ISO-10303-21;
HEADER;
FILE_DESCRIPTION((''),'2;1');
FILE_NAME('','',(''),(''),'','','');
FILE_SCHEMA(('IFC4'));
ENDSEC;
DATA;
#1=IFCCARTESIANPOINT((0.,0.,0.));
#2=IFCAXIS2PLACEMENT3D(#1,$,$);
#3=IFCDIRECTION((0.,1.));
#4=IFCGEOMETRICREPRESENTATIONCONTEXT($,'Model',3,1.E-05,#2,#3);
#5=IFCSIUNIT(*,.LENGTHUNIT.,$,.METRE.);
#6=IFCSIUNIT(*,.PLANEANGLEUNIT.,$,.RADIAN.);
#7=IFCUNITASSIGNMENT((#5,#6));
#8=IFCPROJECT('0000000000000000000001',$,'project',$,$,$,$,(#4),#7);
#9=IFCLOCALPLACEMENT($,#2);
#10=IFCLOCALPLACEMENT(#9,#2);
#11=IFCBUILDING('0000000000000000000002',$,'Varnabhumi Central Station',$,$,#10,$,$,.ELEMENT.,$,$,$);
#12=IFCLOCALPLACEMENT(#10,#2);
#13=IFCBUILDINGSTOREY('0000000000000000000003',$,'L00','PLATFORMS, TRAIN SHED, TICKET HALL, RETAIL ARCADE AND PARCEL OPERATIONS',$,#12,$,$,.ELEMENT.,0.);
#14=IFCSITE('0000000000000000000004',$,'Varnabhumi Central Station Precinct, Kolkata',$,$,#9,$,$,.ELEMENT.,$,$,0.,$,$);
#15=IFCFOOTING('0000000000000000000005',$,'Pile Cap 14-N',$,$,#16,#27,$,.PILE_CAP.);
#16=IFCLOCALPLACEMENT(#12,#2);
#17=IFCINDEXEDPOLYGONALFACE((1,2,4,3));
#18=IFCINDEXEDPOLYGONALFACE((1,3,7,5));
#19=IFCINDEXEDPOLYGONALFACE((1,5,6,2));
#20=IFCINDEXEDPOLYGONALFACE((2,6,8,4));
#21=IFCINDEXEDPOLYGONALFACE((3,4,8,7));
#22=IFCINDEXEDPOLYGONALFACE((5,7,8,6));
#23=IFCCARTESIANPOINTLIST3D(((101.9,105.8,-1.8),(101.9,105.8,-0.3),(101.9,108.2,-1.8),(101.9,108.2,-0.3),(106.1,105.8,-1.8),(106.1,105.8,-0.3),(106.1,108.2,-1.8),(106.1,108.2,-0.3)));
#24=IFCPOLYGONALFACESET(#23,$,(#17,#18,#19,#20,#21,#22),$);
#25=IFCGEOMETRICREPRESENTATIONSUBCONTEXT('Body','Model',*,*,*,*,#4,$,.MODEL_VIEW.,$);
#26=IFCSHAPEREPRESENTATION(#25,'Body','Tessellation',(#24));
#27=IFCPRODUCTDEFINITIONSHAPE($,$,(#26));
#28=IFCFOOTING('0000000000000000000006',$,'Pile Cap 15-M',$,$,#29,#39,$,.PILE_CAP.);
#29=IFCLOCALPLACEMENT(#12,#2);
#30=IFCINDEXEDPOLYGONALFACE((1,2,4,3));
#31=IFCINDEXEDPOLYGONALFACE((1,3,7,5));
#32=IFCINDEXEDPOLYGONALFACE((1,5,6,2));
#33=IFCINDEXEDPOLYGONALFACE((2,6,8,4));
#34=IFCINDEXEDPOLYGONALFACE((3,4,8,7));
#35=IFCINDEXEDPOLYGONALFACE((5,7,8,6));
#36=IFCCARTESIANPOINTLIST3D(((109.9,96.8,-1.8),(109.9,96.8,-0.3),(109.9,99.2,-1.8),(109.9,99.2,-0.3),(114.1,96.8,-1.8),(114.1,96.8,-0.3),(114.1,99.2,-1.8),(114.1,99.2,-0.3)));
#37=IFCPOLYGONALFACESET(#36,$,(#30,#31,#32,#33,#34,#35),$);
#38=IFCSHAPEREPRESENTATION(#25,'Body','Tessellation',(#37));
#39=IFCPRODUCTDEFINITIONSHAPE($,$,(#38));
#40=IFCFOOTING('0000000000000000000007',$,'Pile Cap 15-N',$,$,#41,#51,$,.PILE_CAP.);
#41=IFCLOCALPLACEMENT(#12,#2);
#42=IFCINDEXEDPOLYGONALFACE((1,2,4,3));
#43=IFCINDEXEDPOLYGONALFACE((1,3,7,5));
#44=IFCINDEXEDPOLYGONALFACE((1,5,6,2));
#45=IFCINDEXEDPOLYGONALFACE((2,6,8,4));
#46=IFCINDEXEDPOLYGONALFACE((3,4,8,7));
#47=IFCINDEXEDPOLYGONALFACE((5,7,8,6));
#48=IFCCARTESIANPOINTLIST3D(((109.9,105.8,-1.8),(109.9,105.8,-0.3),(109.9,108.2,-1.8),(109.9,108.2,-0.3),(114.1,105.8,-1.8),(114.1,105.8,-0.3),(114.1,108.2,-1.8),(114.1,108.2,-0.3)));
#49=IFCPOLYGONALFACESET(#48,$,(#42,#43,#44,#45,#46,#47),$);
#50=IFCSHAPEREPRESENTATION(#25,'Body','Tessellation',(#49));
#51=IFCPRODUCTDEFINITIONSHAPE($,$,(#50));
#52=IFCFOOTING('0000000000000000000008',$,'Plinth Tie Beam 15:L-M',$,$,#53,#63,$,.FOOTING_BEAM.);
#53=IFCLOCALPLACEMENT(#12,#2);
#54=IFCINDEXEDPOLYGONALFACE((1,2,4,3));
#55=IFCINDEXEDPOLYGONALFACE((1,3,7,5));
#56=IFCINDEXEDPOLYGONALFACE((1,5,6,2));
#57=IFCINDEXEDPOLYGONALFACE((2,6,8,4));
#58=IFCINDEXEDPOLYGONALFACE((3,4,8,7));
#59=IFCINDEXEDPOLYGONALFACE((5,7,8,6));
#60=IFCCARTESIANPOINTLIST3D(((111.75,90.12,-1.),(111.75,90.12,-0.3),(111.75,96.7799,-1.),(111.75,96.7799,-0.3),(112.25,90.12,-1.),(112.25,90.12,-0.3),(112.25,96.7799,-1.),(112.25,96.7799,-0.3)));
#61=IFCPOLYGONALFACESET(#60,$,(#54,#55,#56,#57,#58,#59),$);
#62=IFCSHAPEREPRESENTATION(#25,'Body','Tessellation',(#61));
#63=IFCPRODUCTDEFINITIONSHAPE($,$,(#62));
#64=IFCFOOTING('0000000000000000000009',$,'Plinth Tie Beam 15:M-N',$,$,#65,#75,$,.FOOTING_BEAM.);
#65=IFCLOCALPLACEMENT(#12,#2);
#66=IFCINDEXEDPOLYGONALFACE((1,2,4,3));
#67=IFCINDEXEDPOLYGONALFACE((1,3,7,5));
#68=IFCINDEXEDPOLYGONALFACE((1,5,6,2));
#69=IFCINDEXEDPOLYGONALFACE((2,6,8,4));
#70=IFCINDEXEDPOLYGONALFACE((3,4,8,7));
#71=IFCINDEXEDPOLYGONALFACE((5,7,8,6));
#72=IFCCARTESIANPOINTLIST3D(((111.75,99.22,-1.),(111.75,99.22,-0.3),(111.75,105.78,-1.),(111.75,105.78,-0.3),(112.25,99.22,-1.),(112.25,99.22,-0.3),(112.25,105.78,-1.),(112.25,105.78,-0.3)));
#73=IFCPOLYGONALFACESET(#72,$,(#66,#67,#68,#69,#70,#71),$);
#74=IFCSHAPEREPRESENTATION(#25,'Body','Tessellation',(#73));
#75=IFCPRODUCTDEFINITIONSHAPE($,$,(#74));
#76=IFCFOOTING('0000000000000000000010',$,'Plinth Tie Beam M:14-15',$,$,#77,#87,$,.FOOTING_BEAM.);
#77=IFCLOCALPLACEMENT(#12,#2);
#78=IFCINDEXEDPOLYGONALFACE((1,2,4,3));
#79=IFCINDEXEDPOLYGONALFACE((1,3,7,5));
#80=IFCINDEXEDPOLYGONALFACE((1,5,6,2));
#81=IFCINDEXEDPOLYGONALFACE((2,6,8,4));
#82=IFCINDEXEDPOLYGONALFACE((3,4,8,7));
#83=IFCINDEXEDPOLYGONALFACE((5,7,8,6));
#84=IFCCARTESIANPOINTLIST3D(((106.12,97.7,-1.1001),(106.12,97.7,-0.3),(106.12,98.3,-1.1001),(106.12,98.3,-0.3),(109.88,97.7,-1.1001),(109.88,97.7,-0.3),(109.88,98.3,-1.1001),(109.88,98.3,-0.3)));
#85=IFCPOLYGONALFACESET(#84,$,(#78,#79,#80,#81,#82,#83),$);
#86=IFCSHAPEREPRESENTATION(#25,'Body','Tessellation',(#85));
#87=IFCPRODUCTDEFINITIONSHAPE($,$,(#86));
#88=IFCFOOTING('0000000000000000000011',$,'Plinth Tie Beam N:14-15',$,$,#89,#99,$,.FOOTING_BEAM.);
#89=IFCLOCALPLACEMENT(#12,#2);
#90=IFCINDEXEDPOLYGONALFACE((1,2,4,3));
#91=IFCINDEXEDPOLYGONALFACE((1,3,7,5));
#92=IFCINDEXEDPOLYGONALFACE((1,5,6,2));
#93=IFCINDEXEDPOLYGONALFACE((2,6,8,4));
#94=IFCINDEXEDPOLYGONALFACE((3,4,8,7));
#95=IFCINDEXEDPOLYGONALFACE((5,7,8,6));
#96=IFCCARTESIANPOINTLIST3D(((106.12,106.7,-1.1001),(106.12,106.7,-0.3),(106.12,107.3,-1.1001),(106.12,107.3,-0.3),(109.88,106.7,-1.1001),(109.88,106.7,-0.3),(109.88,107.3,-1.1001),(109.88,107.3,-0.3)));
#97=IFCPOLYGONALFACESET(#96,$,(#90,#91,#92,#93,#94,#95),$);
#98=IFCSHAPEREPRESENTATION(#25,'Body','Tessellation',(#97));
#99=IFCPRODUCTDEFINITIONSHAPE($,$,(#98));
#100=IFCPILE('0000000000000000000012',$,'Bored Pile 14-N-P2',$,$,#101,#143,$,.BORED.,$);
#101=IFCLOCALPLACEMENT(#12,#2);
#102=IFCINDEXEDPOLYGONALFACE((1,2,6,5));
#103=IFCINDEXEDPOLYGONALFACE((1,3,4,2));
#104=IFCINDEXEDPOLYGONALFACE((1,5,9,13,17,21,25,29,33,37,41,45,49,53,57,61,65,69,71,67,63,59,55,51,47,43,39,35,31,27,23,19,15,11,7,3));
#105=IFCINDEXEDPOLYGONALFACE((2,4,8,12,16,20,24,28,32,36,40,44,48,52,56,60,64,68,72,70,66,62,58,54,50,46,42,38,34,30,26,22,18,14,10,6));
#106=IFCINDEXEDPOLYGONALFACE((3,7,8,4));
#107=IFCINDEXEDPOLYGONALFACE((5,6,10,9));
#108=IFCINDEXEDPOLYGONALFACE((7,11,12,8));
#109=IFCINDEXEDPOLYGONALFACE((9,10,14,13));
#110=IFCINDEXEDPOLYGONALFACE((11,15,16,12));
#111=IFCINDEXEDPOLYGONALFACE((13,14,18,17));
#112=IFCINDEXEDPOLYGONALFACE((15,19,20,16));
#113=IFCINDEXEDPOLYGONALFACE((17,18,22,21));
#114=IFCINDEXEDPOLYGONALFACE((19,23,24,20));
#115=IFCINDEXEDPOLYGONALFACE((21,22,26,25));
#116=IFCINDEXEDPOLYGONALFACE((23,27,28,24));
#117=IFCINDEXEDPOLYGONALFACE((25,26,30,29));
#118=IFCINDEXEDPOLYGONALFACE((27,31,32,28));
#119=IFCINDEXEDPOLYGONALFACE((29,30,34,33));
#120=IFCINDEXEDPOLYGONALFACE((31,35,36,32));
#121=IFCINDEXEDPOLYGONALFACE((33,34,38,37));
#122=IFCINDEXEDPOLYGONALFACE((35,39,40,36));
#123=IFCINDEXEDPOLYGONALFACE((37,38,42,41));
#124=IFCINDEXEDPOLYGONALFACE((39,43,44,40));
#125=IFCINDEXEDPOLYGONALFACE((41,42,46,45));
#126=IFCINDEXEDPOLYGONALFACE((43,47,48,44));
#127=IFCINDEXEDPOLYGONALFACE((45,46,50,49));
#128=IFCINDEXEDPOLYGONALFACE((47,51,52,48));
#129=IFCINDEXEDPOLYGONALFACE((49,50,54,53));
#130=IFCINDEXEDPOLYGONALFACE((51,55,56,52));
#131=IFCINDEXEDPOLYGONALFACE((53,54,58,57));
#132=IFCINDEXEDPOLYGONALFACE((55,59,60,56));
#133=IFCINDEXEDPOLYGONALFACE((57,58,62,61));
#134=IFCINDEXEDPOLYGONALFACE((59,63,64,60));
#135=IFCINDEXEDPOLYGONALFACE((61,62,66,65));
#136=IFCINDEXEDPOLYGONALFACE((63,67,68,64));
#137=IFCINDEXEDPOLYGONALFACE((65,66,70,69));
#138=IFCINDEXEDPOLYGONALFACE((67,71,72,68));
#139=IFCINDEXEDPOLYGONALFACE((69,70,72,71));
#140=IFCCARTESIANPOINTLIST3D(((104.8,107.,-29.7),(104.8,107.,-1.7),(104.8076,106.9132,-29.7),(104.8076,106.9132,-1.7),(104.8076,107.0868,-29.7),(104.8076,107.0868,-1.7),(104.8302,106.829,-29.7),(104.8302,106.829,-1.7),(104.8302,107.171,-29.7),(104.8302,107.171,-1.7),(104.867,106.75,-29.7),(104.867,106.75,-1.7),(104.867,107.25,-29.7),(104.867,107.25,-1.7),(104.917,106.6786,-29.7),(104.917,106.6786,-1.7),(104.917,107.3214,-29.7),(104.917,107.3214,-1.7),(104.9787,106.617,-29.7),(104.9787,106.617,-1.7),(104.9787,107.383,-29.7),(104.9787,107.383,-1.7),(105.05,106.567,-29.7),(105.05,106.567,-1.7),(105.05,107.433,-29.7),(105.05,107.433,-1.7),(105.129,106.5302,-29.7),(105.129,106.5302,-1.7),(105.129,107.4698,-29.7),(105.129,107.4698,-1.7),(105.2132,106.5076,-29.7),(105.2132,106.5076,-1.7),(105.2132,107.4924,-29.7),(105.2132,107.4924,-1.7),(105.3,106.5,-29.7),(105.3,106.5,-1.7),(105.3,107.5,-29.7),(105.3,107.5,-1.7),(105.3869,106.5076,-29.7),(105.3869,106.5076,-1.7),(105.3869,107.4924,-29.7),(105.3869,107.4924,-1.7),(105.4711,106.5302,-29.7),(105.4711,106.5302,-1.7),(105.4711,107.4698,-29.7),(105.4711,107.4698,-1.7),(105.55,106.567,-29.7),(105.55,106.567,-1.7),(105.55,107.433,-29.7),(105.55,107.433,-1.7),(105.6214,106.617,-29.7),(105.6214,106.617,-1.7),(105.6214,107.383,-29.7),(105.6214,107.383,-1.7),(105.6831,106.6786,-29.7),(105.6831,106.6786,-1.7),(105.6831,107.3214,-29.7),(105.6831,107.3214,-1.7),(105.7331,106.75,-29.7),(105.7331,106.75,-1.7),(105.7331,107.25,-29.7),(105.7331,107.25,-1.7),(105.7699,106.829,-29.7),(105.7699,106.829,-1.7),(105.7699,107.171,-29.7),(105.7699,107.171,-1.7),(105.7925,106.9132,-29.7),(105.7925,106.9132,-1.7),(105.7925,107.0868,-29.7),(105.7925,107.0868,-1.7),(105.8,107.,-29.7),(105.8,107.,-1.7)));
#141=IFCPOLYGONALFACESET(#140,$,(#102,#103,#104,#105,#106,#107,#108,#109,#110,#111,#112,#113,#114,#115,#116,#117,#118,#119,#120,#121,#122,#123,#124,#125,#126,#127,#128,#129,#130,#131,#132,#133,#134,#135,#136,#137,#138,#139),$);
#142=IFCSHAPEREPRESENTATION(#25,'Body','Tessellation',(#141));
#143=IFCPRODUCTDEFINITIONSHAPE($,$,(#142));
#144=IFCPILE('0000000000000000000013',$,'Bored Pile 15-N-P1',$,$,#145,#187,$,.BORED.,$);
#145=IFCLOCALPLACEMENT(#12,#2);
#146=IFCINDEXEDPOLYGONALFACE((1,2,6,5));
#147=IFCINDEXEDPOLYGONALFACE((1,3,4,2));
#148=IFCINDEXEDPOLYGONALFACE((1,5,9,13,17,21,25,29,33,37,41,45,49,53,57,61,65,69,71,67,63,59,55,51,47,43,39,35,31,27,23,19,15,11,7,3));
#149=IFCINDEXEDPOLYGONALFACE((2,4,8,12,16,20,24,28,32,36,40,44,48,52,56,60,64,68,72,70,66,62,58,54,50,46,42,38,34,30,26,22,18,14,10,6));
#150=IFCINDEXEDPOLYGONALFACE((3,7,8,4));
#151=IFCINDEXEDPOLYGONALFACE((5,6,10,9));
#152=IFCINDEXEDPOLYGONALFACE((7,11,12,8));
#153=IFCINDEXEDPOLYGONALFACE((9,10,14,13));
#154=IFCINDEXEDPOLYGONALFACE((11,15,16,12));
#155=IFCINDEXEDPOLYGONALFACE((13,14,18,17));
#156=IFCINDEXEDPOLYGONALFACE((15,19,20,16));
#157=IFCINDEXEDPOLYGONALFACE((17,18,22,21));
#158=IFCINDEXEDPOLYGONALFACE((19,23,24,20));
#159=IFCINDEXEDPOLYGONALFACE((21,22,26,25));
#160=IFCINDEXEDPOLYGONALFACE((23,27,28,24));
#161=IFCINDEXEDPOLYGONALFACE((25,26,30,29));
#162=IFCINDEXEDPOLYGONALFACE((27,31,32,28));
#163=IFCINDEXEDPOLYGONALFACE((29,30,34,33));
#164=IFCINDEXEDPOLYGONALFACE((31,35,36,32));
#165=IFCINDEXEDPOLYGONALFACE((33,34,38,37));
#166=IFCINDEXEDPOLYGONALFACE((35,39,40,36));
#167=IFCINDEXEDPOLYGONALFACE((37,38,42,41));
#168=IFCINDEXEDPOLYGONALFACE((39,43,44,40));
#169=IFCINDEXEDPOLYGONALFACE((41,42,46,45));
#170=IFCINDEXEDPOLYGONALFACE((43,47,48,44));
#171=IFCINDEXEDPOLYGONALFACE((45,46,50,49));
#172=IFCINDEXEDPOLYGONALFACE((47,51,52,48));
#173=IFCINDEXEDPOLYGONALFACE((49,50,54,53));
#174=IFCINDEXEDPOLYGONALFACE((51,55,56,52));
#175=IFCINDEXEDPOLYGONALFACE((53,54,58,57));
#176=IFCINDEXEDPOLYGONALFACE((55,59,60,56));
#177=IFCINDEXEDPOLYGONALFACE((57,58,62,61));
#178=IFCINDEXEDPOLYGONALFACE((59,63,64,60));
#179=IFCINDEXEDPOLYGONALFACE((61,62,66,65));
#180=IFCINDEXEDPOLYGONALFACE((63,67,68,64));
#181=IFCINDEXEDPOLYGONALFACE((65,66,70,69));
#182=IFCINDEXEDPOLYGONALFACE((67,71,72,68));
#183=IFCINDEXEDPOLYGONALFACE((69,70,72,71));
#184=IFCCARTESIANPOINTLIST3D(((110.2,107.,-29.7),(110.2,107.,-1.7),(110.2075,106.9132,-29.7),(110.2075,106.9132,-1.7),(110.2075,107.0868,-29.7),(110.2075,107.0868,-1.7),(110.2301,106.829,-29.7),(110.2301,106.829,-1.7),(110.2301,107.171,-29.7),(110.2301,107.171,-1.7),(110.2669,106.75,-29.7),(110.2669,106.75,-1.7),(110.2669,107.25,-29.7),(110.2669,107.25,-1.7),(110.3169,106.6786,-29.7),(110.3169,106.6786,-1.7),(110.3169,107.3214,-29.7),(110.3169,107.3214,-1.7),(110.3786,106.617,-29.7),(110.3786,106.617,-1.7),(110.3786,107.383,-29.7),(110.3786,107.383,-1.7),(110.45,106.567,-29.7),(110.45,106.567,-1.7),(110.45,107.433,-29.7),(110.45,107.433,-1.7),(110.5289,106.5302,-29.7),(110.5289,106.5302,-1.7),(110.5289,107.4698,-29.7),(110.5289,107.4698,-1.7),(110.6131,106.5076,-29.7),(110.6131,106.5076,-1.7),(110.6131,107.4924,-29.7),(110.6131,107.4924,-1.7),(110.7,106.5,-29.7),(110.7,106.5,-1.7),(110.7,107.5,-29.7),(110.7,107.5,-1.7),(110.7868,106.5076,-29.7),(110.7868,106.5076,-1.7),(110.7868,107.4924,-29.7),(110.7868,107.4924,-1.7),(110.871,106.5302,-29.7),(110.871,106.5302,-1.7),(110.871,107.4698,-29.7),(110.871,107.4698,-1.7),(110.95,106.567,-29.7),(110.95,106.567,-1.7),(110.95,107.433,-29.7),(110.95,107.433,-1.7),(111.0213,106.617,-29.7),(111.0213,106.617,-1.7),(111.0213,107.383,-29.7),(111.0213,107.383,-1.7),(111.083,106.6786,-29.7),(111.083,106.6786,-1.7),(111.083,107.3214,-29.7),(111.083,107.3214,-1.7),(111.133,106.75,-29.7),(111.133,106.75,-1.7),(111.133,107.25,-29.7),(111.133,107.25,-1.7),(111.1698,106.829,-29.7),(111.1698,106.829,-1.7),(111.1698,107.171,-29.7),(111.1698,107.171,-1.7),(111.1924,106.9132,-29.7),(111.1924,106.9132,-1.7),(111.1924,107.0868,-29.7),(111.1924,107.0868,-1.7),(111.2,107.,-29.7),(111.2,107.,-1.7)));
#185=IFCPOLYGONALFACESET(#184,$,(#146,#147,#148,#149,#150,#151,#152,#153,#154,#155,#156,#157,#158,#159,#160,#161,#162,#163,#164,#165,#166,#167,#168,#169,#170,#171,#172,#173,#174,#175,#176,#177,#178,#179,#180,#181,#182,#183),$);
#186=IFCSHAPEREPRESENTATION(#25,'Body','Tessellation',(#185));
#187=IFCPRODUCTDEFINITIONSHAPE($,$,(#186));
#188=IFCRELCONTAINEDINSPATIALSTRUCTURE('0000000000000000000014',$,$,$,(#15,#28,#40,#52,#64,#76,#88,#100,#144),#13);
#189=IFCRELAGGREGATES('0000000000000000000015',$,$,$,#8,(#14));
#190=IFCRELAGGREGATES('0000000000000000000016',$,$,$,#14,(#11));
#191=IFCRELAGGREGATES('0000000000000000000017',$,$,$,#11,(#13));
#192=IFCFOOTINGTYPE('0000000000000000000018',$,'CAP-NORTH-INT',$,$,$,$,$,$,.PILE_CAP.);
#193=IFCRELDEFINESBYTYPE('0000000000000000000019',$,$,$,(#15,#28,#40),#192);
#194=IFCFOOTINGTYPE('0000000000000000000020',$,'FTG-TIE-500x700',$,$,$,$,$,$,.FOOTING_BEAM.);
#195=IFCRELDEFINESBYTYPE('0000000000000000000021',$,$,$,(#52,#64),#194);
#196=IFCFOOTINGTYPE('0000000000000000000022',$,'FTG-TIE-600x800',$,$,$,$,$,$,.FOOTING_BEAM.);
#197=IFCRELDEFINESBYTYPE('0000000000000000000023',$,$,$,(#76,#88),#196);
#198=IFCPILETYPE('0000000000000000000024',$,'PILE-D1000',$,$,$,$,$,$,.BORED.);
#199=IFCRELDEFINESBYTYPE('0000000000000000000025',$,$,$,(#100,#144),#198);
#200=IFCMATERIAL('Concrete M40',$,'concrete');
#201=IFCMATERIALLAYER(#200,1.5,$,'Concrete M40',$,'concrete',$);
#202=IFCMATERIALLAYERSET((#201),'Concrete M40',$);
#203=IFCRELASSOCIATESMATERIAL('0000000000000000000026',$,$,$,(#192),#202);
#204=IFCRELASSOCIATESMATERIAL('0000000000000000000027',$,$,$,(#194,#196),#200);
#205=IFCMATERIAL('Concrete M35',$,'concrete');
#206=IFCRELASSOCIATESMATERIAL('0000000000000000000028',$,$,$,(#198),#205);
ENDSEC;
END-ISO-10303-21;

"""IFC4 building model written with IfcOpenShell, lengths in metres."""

from ifc_helpers import new_model, si_unit, direction, frame, origin, origin_2d, place, context, subcontext, project, spatial, rectangle, circle, extrude, material, layer, layer_set, material_profile, profile_set, type_object, element, save


model = new_model("IFC4")

# Units and contexts
model_context = context("Model", 3, precision=1e-05, world=origin(), true_north=direction((0.0, 1.0)))
body_context = subcontext(model_context, "Body", "Model", "MODEL_VIEW")
ifc_project = project(units=[si_unit("LENGTHUNIT", "METRE"), si_unit("PLANEANGLEUNIT", "RADIAN")], contexts=[model_context])

# Site, building, storey
site_placement = place(None, origin())
site = spatial("IfcSite", under=ifc_project, at=site_placement, Name="Varnabhumi Central Station Precinct, Kolkata", CompositionType="ELEMENT", RefElevation=0.0)
building_placement = place(site_placement, origin())
building = spatial("IfcBuilding", under=site, at=building_placement, Name="Varnabhumi Central Station", CompositionType="ELEMENT")
storey_placement = place(building_placement, origin())
storey = spatial("IfcBuildingStorey", under=building, at=storey_placement, Name="L00", Description="PLATFORMS, TRAIN SHED, TICKET HALL, RETAIL ARCADE AND PARCEL OPERATIONS", CompositionType="ELEMENT", Elevation=0.0)

# Footings
ifc_material_1 = material(Name="Concrete M40", Category="concrete")
ifc_layer_1 = layer(ifc_material_1, 1.5, Name="Concrete M40", Category="concrete")
ifc_layer_set_1 = layer_set([ifc_layer_1], Name="Concrete M40")
footing_type_1 = type_object("IfcFootingType", Name="CAP-NORTH-INT", PredefinedType="PILE_CAP", material=ifc_layer_set_1)
for number, where, z_axis, x_axis, name in (
    (1, (104.0, 107.0, -1.8), (0.0, 0.0, 1.0), (1.0, 0.0, 0.0), "Pile Cap 14-N"),
    (2, (112.0, 98.0, -1.8), (0.0, 0.0, 1.0), (1.0, 0.0, 0.0), "Pile Cap 15-M"),
    (3, (112.0, 107.0, -1.8), (0.0, 0.0, 1.0), (1.0, 0.0, 0.0), "Pile Cap 15-N"),
):
    element("IfcFooting", number, at=place(storey_placement, frame(where, z_axis=z_axis, x_axis=x_axis)), inside=storey, type_object=footing_type_1, Name=name, PredefinedType="PILE_CAP", context=body_context, shape_type="SweptSolid", body=[
        extrude(rectangle(XDim=4.2, YDim=2.3999, at=origin_2d()), origin(), (0.0, 0.0, 1.0), 1.5),
    ])
footing_type_2 = type_object("IfcFootingType", Name="FTG-TIE-500x700", PredefinedType="FOOTING_BEAM", material=ifc_material_1)
footing_1_placement = place(storey_placement, frame((112.0, 93.45, -1.0), z_axis=(0.0, 0.0, 1.0), x_axis=(1.0, 0.0, 0.0)))
element("IfcFooting", 4, at=footing_1_placement, inside=storey, type_object=footing_type_2, Name="Plinth Tie Beam 15:L-M", PredefinedType="FOOTING_BEAM", context=body_context, shape_type="SweptSolid", body=[
    extrude(rectangle(XDim=0.5, YDim=6.6599, at=origin_2d()), origin(), (0.0, 0.0, 1.0), 0.7),
])
footing_2_placement = place(storey_placement, frame((112.0, 102.5, -1.0), z_axis=(0.0, 0.0, 1.0), x_axis=(1.0, 0.0, 0.0)))
element("IfcFooting", 5, at=footing_2_placement, inside=storey, type_object=footing_type_2, Name="Plinth Tie Beam 15:M-N", PredefinedType="FOOTING_BEAM", context=body_context, shape_type="SweptSolid", body=[
    extrude(rectangle(XDim=0.5, YDim=6.5601, at=origin_2d()), origin(), (0.0, 0.0, 1.0), 0.7),
])
footing_type_3 = type_object("IfcFootingType", Name="FTG-TIE-600x800", PredefinedType="FOOTING_BEAM", material=ifc_material_1)
for number, where, z_axis, x_axis, name in (
    (6, (108.0, 98.0, -1.1001), (0.0, 0.0, 1.0), (1.0, 0.0, 0.0), "Plinth Tie Beam M:14-15"),
    (7, (108.0, 107.0, -1.1001), (0.0, 0.0, 1.0), (1.0, 0.0, 0.0), "Plinth Tie Beam N:14-15"),
):
    element("IfcFooting", number, at=place(storey_placement, frame(where, z_axis=z_axis, x_axis=x_axis)), inside=storey, type_object=footing_type_3, Name=name, PredefinedType="FOOTING_BEAM", context=body_context, shape_type="SweptSolid", body=[
        extrude(rectangle(XDim=3.76, YDim=0.6001, at=origin_2d()), origin(), (0.0, 0.0, 1.0), 0.8),
    ])

# Piles
ifc_material_2 = material(Name="Concrete M35", Category="concrete")
ifc_material_profile_1 = material_profile(ifc_material_2, circle(Radius=0.5, at=origin_2d()), Name="Concrete M35", Category="concrete")
ifc_profile_set_1 = profile_set([ifc_material_profile_1], Name="Concrete M35")
pile_type_1 = type_object("IfcPileType", Name="PILE-D1000", PredefinedType="BORED", material=ifc_profile_set_1)
for number, where, z_axis, x_axis, name in (
    (8, (105.3, 107.0, -1.7), (0.0, 0.0, -1.0), (1.0, 0.0, 0.0), "Bored Pile 14-N-P2"),
    (9, (110.7, 107.0, -1.7), (0.0, 0.0, -1.0), (1.0, 0.0, 0.0), "Bored Pile 15-N-P1"),
):
    element("IfcPile", number, at=place(storey_placement, frame(where, z_axis=z_axis, x_axis=x_axis)), inside=storey, type_object=pile_type_1, Name=name, PredefinedType="BORED", context=body_context, shape_type="SweptSolid", body=[
        extrude(circle(Radius=0.5, at=origin_2d()), origin(), (0.0, 0.0, 1.0), 28.0),
    ])

save(model, "model.ifc")
